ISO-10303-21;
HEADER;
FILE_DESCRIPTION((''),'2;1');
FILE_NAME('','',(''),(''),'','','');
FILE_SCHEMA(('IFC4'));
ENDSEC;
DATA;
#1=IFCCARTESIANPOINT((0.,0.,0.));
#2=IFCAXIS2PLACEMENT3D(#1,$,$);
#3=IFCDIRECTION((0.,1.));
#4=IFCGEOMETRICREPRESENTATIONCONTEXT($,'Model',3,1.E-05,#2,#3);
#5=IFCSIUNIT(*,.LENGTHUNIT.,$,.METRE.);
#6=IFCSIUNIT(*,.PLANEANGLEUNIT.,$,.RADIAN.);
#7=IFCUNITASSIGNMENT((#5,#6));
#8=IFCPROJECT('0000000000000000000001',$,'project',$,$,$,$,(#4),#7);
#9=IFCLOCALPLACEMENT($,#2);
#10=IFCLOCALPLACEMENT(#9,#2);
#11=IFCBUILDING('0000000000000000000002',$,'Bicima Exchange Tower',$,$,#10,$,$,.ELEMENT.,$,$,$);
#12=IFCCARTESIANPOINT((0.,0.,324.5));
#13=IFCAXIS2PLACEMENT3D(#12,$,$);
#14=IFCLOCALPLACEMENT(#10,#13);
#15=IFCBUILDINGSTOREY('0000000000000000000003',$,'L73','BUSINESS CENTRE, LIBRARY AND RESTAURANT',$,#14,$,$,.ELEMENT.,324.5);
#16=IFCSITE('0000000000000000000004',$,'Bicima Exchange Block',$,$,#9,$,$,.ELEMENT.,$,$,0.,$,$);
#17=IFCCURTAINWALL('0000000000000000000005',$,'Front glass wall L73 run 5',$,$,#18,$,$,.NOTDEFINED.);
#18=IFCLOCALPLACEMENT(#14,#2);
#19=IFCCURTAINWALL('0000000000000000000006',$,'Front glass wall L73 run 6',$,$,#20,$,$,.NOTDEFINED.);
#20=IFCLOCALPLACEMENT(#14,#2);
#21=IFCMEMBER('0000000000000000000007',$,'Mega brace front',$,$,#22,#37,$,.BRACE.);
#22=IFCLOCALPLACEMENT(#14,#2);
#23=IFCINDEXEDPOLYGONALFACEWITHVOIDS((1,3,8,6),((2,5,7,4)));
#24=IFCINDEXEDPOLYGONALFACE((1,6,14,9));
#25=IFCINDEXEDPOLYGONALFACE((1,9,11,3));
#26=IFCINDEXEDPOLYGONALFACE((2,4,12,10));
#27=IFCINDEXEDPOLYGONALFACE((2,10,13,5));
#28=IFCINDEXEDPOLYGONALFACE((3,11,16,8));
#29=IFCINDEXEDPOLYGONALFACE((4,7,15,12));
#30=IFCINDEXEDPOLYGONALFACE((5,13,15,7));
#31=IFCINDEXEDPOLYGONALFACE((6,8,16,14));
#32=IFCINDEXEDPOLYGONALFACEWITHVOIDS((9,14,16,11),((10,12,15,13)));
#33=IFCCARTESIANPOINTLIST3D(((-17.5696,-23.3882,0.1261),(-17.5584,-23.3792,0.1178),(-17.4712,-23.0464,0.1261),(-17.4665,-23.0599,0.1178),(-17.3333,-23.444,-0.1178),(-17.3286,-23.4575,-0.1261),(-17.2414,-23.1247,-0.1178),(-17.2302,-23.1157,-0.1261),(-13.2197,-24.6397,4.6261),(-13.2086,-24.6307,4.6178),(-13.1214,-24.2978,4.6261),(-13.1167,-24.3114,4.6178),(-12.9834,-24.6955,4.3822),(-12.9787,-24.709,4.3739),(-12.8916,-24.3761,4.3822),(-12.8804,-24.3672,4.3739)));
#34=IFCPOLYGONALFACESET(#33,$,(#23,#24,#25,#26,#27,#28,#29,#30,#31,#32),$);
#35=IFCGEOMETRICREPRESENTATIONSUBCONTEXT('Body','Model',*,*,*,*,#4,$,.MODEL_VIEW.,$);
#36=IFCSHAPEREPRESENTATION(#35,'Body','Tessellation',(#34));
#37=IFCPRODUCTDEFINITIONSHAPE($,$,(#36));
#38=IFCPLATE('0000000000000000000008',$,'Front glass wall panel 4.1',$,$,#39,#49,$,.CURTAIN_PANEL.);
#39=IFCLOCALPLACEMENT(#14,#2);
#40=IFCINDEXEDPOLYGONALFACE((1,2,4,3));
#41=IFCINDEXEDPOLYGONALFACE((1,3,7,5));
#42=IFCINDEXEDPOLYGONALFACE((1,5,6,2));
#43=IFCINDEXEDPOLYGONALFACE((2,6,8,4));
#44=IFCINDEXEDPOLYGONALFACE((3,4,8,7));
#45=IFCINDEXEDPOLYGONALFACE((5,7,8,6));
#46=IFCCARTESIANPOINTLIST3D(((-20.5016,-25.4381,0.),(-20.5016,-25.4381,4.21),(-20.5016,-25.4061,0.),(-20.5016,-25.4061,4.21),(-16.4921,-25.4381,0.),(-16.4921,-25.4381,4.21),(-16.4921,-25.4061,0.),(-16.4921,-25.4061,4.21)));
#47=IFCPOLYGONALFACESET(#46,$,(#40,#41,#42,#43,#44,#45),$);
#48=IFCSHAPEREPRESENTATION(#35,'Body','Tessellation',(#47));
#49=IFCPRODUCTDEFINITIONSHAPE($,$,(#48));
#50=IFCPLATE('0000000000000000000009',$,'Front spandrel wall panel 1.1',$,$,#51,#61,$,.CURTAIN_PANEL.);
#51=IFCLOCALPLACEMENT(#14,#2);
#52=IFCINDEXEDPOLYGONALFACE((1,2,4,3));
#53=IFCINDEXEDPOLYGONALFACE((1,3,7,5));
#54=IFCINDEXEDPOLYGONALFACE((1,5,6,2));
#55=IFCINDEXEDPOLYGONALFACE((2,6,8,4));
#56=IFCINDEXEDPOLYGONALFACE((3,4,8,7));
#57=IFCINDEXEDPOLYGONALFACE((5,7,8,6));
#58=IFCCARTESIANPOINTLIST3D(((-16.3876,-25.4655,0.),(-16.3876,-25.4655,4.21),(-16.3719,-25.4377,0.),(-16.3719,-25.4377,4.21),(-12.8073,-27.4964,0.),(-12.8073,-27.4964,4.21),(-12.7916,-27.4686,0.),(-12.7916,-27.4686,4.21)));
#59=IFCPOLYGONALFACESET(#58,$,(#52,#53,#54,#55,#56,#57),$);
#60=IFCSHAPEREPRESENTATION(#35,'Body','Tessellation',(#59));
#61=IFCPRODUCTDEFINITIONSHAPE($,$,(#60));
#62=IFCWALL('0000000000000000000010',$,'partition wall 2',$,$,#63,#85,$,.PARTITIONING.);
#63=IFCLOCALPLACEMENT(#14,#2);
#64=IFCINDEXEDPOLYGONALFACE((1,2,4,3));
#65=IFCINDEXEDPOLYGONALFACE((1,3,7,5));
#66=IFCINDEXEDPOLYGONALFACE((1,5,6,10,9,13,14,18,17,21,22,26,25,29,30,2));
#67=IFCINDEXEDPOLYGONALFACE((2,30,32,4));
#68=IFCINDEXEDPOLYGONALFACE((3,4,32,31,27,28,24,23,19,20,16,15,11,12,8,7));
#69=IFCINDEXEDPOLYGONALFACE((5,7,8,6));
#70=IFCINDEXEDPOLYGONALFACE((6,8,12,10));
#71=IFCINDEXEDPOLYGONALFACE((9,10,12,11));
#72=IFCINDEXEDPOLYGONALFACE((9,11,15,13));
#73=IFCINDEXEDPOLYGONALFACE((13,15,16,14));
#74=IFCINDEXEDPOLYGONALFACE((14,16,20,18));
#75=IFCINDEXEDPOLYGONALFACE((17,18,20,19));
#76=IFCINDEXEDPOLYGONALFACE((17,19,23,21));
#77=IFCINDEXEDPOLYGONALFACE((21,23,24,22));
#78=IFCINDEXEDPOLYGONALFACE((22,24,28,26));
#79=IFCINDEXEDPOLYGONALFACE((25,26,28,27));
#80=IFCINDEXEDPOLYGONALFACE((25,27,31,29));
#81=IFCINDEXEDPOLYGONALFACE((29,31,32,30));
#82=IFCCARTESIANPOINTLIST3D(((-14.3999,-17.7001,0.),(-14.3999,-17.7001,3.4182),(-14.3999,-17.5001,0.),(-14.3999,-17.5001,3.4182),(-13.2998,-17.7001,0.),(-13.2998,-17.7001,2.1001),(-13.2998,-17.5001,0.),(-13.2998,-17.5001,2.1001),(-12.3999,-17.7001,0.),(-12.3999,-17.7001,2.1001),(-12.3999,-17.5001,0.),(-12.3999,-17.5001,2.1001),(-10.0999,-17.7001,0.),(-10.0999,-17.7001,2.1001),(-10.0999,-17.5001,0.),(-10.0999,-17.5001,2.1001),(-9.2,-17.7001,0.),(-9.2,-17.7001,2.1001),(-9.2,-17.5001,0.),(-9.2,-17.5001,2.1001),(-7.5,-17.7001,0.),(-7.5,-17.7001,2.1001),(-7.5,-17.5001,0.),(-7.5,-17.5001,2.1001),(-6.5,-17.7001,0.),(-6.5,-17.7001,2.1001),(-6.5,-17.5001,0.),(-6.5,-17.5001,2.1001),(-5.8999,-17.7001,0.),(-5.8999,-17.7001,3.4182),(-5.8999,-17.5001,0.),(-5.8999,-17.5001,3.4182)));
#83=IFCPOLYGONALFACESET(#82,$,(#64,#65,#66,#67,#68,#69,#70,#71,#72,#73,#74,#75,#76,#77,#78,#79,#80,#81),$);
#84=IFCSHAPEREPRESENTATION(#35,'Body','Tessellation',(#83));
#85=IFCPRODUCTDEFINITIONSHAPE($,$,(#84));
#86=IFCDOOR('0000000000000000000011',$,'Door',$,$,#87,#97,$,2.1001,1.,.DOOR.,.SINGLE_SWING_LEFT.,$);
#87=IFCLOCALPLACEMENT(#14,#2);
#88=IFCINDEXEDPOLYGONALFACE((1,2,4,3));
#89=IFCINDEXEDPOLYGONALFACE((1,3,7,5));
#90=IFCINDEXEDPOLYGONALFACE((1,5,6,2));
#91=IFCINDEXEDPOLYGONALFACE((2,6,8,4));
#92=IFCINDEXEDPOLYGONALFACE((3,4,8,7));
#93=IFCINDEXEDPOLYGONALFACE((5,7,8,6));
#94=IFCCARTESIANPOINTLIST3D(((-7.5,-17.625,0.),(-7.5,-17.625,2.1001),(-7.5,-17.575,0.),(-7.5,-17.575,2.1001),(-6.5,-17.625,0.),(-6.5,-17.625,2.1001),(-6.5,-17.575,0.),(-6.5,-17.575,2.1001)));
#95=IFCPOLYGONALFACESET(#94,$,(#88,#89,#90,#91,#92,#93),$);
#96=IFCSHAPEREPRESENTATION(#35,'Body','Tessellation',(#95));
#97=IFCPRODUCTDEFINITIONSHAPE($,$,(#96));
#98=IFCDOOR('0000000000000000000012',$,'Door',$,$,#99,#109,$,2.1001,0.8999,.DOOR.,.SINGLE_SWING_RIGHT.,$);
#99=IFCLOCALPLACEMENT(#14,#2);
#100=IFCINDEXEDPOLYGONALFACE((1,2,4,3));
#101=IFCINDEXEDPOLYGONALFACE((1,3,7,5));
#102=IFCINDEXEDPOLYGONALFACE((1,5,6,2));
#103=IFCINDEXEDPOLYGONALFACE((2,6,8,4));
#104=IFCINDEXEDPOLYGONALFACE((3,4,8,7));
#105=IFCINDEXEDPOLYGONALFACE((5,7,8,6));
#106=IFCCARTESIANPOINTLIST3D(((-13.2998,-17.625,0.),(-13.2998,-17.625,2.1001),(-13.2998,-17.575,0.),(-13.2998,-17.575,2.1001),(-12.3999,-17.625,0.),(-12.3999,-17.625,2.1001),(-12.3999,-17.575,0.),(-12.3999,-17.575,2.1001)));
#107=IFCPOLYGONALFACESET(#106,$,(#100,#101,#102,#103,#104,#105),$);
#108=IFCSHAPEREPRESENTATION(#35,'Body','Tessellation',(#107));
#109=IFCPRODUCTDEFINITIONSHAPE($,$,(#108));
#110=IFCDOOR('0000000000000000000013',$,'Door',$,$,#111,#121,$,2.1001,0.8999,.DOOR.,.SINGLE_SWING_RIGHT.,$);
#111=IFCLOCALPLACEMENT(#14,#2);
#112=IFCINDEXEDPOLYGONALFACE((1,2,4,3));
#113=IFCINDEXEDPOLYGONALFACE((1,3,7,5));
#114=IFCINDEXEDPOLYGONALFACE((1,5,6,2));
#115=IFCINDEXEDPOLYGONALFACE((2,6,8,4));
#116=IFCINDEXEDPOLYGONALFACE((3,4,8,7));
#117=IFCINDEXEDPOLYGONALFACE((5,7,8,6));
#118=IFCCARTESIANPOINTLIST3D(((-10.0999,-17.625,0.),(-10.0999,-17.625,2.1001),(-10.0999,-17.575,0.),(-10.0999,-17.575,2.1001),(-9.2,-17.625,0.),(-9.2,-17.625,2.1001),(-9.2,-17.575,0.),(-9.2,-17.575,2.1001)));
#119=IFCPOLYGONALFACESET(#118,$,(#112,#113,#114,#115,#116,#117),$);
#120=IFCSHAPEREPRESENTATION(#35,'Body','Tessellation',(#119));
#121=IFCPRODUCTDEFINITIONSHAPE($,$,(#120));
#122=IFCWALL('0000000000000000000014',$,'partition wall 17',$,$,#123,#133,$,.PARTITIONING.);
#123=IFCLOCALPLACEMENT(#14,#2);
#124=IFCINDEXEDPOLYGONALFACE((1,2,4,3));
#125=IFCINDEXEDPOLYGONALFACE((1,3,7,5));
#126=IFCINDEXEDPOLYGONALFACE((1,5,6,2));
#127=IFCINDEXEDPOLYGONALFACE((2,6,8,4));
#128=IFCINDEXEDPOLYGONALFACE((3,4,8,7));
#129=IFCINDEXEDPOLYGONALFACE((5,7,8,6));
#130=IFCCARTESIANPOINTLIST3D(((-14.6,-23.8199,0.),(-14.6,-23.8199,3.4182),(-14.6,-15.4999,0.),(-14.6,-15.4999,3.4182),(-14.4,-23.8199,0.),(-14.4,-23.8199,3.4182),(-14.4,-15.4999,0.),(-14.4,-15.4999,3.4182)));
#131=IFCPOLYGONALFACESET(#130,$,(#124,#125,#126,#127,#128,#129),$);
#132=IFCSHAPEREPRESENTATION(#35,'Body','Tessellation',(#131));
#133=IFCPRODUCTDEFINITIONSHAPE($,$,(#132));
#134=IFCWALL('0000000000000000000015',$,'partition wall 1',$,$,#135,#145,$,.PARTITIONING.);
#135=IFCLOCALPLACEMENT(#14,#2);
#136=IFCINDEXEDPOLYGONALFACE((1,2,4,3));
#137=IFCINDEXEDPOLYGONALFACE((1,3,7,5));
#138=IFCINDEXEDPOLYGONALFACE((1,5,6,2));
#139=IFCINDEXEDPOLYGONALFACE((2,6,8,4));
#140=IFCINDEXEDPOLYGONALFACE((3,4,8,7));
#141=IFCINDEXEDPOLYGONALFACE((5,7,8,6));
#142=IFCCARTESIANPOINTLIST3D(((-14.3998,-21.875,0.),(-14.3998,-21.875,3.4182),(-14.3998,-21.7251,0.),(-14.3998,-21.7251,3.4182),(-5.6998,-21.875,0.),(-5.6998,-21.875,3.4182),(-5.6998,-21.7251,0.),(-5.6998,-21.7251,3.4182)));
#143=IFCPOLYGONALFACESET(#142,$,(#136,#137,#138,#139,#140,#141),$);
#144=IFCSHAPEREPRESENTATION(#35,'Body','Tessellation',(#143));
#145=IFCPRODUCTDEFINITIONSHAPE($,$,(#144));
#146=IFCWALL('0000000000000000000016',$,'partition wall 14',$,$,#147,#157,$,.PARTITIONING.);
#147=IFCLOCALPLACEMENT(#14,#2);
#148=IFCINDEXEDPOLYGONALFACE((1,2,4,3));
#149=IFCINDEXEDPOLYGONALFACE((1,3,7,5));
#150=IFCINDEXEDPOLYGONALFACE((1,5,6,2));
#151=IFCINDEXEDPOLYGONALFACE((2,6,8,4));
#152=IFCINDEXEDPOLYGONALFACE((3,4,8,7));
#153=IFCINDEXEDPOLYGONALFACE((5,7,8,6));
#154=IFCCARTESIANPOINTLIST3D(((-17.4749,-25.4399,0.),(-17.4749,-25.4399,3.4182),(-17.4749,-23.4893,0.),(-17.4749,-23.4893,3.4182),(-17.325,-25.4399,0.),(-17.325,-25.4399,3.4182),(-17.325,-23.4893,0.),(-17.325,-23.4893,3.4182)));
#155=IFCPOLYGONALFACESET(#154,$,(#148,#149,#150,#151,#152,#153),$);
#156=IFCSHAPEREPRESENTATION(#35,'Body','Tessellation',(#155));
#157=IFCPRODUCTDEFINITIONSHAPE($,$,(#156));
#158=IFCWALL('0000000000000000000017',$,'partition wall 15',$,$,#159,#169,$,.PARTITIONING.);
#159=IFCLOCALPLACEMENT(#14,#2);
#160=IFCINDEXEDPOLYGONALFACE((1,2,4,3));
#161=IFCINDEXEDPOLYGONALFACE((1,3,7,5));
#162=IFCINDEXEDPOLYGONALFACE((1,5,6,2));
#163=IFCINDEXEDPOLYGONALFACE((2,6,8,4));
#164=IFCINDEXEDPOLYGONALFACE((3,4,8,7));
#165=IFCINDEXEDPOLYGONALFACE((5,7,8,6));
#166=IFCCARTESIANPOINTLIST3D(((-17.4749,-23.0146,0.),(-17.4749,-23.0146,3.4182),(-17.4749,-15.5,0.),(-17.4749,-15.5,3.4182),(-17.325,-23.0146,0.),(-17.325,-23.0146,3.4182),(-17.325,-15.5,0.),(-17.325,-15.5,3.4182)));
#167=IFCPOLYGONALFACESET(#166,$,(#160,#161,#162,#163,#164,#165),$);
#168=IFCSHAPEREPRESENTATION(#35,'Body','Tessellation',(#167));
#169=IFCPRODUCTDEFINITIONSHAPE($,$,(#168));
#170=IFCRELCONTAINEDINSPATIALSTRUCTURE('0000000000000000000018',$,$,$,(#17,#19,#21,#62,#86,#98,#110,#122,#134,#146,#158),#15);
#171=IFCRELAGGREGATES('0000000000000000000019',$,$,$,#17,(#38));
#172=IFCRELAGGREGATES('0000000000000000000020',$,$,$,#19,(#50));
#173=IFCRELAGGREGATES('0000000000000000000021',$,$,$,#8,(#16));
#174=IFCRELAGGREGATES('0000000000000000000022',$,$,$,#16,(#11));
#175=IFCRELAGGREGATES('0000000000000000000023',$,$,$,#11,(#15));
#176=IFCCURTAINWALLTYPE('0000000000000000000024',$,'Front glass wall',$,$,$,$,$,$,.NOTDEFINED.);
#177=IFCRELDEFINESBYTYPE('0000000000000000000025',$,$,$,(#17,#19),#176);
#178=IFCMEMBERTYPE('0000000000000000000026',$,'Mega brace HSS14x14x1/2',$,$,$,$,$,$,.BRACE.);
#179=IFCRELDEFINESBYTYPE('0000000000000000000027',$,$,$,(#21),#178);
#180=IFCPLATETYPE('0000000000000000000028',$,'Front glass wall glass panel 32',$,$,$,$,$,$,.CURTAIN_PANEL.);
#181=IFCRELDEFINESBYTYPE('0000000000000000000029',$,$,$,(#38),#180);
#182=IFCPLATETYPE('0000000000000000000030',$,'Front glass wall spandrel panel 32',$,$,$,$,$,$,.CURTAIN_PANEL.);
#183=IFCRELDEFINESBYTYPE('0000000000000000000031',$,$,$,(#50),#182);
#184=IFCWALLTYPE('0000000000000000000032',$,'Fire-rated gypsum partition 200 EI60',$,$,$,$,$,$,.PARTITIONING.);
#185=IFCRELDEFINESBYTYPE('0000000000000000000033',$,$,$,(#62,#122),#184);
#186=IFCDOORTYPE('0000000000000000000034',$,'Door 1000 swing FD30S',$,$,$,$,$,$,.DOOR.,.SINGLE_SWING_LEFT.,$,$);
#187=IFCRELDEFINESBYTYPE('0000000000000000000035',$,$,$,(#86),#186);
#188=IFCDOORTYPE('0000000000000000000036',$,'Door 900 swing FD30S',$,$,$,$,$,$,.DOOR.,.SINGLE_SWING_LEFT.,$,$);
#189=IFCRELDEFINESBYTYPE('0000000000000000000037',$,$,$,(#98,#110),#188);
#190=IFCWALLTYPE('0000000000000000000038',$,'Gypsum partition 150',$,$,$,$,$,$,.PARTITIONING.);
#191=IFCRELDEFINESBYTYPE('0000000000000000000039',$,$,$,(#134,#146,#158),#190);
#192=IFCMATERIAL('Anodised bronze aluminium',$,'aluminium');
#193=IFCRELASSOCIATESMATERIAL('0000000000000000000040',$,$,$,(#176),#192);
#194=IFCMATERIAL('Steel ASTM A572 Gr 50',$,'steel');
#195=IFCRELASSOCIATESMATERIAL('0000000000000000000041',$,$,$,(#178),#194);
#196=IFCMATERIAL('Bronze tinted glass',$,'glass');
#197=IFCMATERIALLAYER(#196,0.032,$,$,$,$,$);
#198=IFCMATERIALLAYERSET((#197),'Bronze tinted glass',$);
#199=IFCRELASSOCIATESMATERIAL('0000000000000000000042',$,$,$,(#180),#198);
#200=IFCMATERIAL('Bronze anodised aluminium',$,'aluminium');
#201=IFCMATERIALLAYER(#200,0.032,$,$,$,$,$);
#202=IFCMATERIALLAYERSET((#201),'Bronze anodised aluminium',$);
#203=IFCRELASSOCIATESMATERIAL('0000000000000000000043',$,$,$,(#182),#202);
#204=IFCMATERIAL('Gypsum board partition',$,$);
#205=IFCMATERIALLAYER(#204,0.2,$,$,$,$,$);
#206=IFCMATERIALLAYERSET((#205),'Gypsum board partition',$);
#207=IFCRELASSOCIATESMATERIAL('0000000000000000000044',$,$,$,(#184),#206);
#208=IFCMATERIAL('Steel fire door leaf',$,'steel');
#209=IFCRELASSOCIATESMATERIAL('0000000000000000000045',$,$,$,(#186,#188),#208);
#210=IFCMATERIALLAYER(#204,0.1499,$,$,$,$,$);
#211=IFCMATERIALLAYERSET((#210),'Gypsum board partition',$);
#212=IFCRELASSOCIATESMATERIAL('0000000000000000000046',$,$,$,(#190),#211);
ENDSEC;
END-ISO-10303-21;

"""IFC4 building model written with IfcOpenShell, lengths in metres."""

from ifc_helpers import new_model, si_unit, direction, frame, frame_2d, origin, origin_2d, place, context, subcontext, project, spatial, rectangle, hollow_rectangle, extrude, material, layer, layer_set, material_profile, profile_set, type_object, element, fill, aggregate, save


model = new_model("IFC4")

# Units and contexts
model_context = context("Model", 3, precision=1e-05, world=origin(), true_north=direction((0.0, 1.0)))
body_context = subcontext(model_context, "Body", "Model", "MODEL_VIEW")
ifc_project = project(units=[si_unit("LENGTHUNIT", "METRE"), si_unit("PLANEANGLEUNIT", "RADIAN")], contexts=[model_context])

# Site, building, storey
site_placement = place(None, origin())
site = spatial("IfcSite", under=ifc_project, at=site_placement, Name="Bicima Exchange Block", CompositionType="ELEMENT", RefElevation=0.0)
building_placement = place(site_placement, origin())
building = spatial("IfcBuilding", under=site, at=building_placement, Name="Bicima Exchange Tower", CompositionType="ELEMENT")
storey_placement = place(building_placement, frame((0.0, 0.0, 324.5)))
storey = spatial("IfcBuildingStorey", under=building, at=storey_placement, Name="L73", Description="BUSINESS CENTRE, LIBRARY AND RESTAURANT", CompositionType="ELEMENT", Elevation=324.5)

# Shared definitions
ifc_material_1 = material(Name="Steel ASTM A572 Gr 50", Category="steel")

# Curtain wall
ifc_material_2 = material(Name="Anodised bronze aluminium", Category="aluminium")
curtain_wall_type = type_object("IfcCurtainWallType", Name="Front glass wall", PredefinedType="NOTDEFINED", material=ifc_material_2)
curtain_wall_1_placement = place(storey_placement, origin())
curtain_wall_1 = element("IfcCurtainWall", 1, at=curtain_wall_1_placement, inside=storey, type_object=curtain_wall_type, Name="Front glass wall L73 run 5", PredefinedType="NOTDEFINED")

# Curtain wall
curtain_wall_2_placement = place(storey_placement, origin())
curtain_wall_2 = element("IfcCurtainWall", 2, at=curtain_wall_2_placement, inside=storey, type_object=curtain_wall_type, Name="Front glass wall L73 run 6", PredefinedType="NOTDEFINED")

# Member
ifc_material_profile_1 = material_profile(ifc_material_1, hollow_rectangle(XDim=0.3557, YDim=0.3557, WallThickness=0.0117, at=origin_2d()))
ifc_profile_set_1 = profile_set([ifc_material_profile_1], Name="Steel ASTM A572 Gr 50")
member_type_1 = type_object("IfcMemberType", Name="Mega brace HSS14x14x1/2", PredefinedType="BRACE", material=ifc_profile_set_1)
member_1_placement = place(storey_placement, frame((-17.3999, -23.252, 0.0), z_axis=(0.681519, -0.196075, 0.705044), x_axis=(0.276487, 0.961018, 0.0)))
element("IfcMember", 3, at=member_1_placement, inside=storey, type_object=member_type_1, Name="Mega brace front", PredefinedType="BRACE", context=body_context, shape_type="SweptSolid", body=[
    extrude(hollow_rectangle(XDim=0.3557, YDim=0.3557, WallThickness=0.0117, at=origin_2d()), origin(), (0.0, 0.0, 1.0), 6.3826),
])

# Plates
ifc_material_3 = material(Name="Bronze tinted glass", Category="glass")
ifc_layer_1 = layer(ifc_material_3, 0.032)
ifc_layer_set_1 = layer_set([ifc_layer_1], Name="Bronze tinted glass")
plate_type_1 = type_object("IfcPlateType", Name="Front glass wall glass panel 32", PredefinedType="CURTAIN_PANEL", material=ifc_layer_set_1)
plate_1_placement = place(storey_placement, frame((-18.4968, -25.4221, 0.0), z_axis=(0.0, 0.0, 1.0), x_axis=(1.0, 0.0, 0.0)))
plate_1 = element("IfcPlate", 4, at=plate_1_placement, type_object=plate_type_1, Name="Front glass wall panel 4.1", PredefinedType="CURTAIN_PANEL", context=body_context, shape_type="SweptSolid", body=[
    extrude(rectangle(XDim=4.0095, YDim=0.032, at=origin_2d()), origin(), (0.0, 0.0, 1.0), 4.21),
])
aggregate(curtain_wall_1, [plate_1])
ifc_material_4 = material(Name="Bronze anodised aluminium", Category="aluminium")
ifc_layer_2 = layer(ifc_material_4, 0.032)
ifc_layer_set_2 = layer_set([ifc_layer_2], Name="Bronze anodised aluminium")
plate_type_2 = type_object("IfcPlateType", Name="Front glass wall spandrel panel 32", PredefinedType="CURTAIN_PANEL", material=ifc_layer_set_2)
plate_2_placement = place(storey_placement, frame((-14.5896, -26.467, 0.0), z_axis=(0.0, 0.0, 1.0), x_axis=(0.869805, -0.493395, 0.0)))
plate_2 = element("IfcPlate", 5, at=plate_2_placement, type_object=plate_type_2, Name="Front spandrel wall panel 1.1", PredefinedType="CURTAIN_PANEL", context=body_context, shape_type="SweptSolid", body=[
    extrude(rectangle(XDim=4.1162, YDim=0.032, at=origin_2d()), origin(), (0.0, 0.0, 1.0), 4.21),
])
aggregate(curtain_wall_2, [plate_2])

# Wall, openings, doors
ifc_material_5 = material(Name="Gypsum board partition")
ifc_layer_3 = layer(ifc_material_5, 0.2)
ifc_layer_set_3 = layer_set([ifc_layer_3], Name="Gypsum board partition")
wall_type_1 = type_object("IfcWallType", Name="Fire-rated gypsum partition 200 EI60", PredefinedType="PARTITIONING", material=ifc_layer_set_3)
wall_1_placement = place(storey_placement, frame((-14.3999, -17.6001, 0.0), z_axis=(0.0, 0.0, 1.0), x_axis=(1.0, 0.0, 0.0)))
wall_1 = element("IfcWall", 6, at=wall_1_placement, inside=storey, type_object=wall_type_1, Name="partition wall 2", PredefinedType="PARTITIONING", context=body_context, shape_type="SweptSolid", body=[
    extrude(rectangle(XDim=8.5, YDim=0.2, at=frame_2d((4.25, 0.0))), origin(), (0.0, 0.0, 1.0), 3.4182),
])
opening_1_placement = place(wall_1_placement, frame((1.1001, 0.0, 0.0)))
opening_1 = element("IfcOpeningElement", 7, at=opening_1_placement, cuts=wall_1, PredefinedType="OPENING", context=body_context, shape_type="SweptSolid", body=[
    extrude(rectangle(XDim=0.8999, YDim=2.1001, at=frame_2d((0.45, 1.05))), frame((0.0, 0.1118, 0.0), z_axis=(0.0, -1.0, 0.0), x_axis=(1.0, 0.0, 0.0)), (0.0, 0.0, 1.0), 0.2239),
])
opening_2_placement = place(wall_1_placement, frame((4.3, 0.0, 0.0)))
opening_2 = element("IfcOpeningElement", 8, at=opening_2_placement, cuts=wall_1, PredefinedType="OPENING", context=body_context, shape_type="SweptSolid", body=[
    extrude(rectangle(XDim=0.8999, YDim=2.1001, at=frame_2d((0.45, 1.05))), frame((0.0, 0.1118, 0.0), z_axis=(0.0, -1.0, 0.0), x_axis=(1.0, 0.0, 0.0)), (0.0, 0.0, 1.0), 0.2239),
])
opening_3_placement = place(wall_1_placement, frame((6.8999, 0.0, 0.0)))
opening_3 = element("IfcOpeningElement", 9, at=opening_3_placement, cuts=wall_1, PredefinedType="OPENING", context=body_context, shape_type="SweptSolid", body=[
    extrude(rectangle(XDim=1.0, YDim=2.1001, at=frame_2d((0.5, 1.05))), frame((0.0, 0.1118, 0.0), z_axis=(0.0, -1.0, 0.0), x_axis=(1.0, 0.0, 0.0)), (0.0, 0.0, 1.0), 0.2239),
])
ifc_material_6 = material(Name="Steel fire door leaf", Category="steel")
door_type_1 = type_object("IfcDoorType", Name="Door 1000 swing FD30S", OperationType="SINGLE_SWING_LEFT", PredefinedType="DOOR", material=ifc_material_6)
door_1_placement = place(opening_3_placement, frame((1.0, 0.0, 0.0), z_axis=(0.0, 0.0, 1.0), x_axis=(-1.0, 0.0, 0.0)))
door_1 = element("IfcDoor", 10, at=door_1_placement, inside=storey, type_object=door_type_1, Name="Door", OperationType="SINGLE_SWING_LEFT", OverallHeight=2.1001, OverallWidth=1.0, PredefinedType="DOOR", context=body_context, shape_type="SweptSolid", body=[
    extrude(rectangle(XDim=1.0, YDim=2.1001, at=frame_2d((0.5, 1.05))), frame((0.0, 0.0249, 0.0), z_axis=(0.0, -1.0, 0.0), x_axis=(1.0, 0.0, 0.0)), (0.0, 0.0, 1.0), 0.05),
])
fill(opening_3, door_1)
door_type_2 = type_object("IfcDoorType", Name="Door 900 swing FD30S", OperationType="SINGLE_SWING_LEFT", PredefinedType="DOOR", material=ifc_material_6)
door_2_placement = place(opening_1_placement, frame((0.8999, 0.0, 0.0), z_axis=(0.0, 0.0, 1.0), x_axis=(-1.0, 0.0, 0.0)))
door_2 = element("IfcDoor", 11, at=door_2_placement, inside=storey, type_object=door_type_2, Name="Door", OperationType="SINGLE_SWING_RIGHT", OverallHeight=2.1001, OverallWidth=0.8999, PredefinedType="DOOR", context=body_context, shape_type="SweptSolid", body=[
    extrude(rectangle(XDim=0.8999, YDim=2.1001, at=frame_2d((0.45, 1.05))), frame((0.0, 0.0249, 0.0), z_axis=(0.0, -1.0, 0.0), x_axis=(1.0, 0.0, 0.0)), (0.0, 0.0, 1.0), 0.05),
])
fill(opening_1, door_2)
door_3_placement = place(opening_2_placement, frame((0.8999, 0.0, 0.0), z_axis=(0.0, 0.0, 1.0), x_axis=(-1.0, 0.0, 0.0)))
door_3 = element("IfcDoor", 12, at=door_3_placement, inside=storey, type_object=door_type_2, Name="Door", OperationType="SINGLE_SWING_RIGHT", OverallHeight=2.1001, OverallWidth=0.8999, PredefinedType="DOOR", context=body_context, shape_type="SweptSolid", body=[
    extrude(rectangle(XDim=0.8999, YDim=2.1001, at=frame_2d((0.45, 1.05))), frame((0.0, 0.0249, 0.0), z_axis=(0.0, -1.0, 0.0), x_axis=(1.0, 0.0, 0.0)), (0.0, 0.0, 1.0), 0.05),
])
fill(opening_2, door_3)

# Walls
wall_2_placement = place(storey_placement, frame((-14.5, -23.8201, 0.0), z_axis=(0.0, 0.0, 1.0), x_axis=(0.0, 1.0, 0.0)))
element("IfcWall", 13, at=wall_2_placement, inside=storey, type_object=wall_type_1, Name="partition wall 17", PredefinedType="PARTITIONING", context=body_context, shape_type="SweptSolid", body=[
    extrude(rectangle(XDim=8.3201, YDim=0.2, at=frame_2d((4.1602, 0.0))), origin(), (0.0, 0.0, 1.0), 3.4182),
])
ifc_layer_4 = layer(ifc_material_5, 0.1499)
ifc_layer_set_4 = layer_set([ifc_layer_4], Name="Gypsum board partition")
wall_type_2 = type_object("IfcWallType", Name="Gypsum partition 150", PredefinedType="PARTITIONING", material=ifc_layer_set_4)
wall_3_placement = place(storey_placement, frame((-14.3999, -21.8, 0.0), z_axis=(0.0, 0.0, 1.0), x_axis=(1.0, 0.0, 0.0)))
element("IfcWall", 14, at=wall_3_placement, inside=storey, type_object=wall_type_2, Name="partition wall 1", PredefinedType="PARTITIONING", context=body_context, shape_type="SweptSolid", body=[
    extrude(rectangle(XDim=8.7, YDim=0.1499, at=frame_2d((4.3501, 0.0))), origin(), (0.0, 0.0, 1.0), 3.4182),
])
wall_4_placement = place(storey_placement, frame((-17.3999, -25.4399, 0.0), z_axis=(0.0, 0.0, 1.0), x_axis=(0.0, 1.0, 0.0)))
element("IfcWall", 15, at=wall_4_placement, inside=storey, type_object=wall_type_2, Name="partition wall 14", PredefinedType="PARTITIONING", context=body_context, shape_type="SweptSolid", body=[
    extrude(rectangle(XDim=1.9507, YDim=0.1499, at=frame_2d((0.9753, 0.0))), origin(), (0.0, 0.0, 1.0), 3.4182),
])
wall_5_placement = place(storey_placement, frame((-17.3999, -23.0146, 0.0), z_axis=(0.0, 0.0, 1.0), x_axis=(0.0, 1.0, 0.0)))
element("IfcWall", 16, at=wall_5_placement, inside=storey, type_object=wall_type_2, Name="partition wall 15", PredefinedType="PARTITIONING", context=body_context, shape_type="SweptSolid", body=[
    extrude(rectangle(XDim=7.5146, YDim=0.1499, at=frame_2d((3.7573, 0.0))), origin(), (0.0, 0.0, 1.0), 3.4182),
])

save(model, "model.ifc")
